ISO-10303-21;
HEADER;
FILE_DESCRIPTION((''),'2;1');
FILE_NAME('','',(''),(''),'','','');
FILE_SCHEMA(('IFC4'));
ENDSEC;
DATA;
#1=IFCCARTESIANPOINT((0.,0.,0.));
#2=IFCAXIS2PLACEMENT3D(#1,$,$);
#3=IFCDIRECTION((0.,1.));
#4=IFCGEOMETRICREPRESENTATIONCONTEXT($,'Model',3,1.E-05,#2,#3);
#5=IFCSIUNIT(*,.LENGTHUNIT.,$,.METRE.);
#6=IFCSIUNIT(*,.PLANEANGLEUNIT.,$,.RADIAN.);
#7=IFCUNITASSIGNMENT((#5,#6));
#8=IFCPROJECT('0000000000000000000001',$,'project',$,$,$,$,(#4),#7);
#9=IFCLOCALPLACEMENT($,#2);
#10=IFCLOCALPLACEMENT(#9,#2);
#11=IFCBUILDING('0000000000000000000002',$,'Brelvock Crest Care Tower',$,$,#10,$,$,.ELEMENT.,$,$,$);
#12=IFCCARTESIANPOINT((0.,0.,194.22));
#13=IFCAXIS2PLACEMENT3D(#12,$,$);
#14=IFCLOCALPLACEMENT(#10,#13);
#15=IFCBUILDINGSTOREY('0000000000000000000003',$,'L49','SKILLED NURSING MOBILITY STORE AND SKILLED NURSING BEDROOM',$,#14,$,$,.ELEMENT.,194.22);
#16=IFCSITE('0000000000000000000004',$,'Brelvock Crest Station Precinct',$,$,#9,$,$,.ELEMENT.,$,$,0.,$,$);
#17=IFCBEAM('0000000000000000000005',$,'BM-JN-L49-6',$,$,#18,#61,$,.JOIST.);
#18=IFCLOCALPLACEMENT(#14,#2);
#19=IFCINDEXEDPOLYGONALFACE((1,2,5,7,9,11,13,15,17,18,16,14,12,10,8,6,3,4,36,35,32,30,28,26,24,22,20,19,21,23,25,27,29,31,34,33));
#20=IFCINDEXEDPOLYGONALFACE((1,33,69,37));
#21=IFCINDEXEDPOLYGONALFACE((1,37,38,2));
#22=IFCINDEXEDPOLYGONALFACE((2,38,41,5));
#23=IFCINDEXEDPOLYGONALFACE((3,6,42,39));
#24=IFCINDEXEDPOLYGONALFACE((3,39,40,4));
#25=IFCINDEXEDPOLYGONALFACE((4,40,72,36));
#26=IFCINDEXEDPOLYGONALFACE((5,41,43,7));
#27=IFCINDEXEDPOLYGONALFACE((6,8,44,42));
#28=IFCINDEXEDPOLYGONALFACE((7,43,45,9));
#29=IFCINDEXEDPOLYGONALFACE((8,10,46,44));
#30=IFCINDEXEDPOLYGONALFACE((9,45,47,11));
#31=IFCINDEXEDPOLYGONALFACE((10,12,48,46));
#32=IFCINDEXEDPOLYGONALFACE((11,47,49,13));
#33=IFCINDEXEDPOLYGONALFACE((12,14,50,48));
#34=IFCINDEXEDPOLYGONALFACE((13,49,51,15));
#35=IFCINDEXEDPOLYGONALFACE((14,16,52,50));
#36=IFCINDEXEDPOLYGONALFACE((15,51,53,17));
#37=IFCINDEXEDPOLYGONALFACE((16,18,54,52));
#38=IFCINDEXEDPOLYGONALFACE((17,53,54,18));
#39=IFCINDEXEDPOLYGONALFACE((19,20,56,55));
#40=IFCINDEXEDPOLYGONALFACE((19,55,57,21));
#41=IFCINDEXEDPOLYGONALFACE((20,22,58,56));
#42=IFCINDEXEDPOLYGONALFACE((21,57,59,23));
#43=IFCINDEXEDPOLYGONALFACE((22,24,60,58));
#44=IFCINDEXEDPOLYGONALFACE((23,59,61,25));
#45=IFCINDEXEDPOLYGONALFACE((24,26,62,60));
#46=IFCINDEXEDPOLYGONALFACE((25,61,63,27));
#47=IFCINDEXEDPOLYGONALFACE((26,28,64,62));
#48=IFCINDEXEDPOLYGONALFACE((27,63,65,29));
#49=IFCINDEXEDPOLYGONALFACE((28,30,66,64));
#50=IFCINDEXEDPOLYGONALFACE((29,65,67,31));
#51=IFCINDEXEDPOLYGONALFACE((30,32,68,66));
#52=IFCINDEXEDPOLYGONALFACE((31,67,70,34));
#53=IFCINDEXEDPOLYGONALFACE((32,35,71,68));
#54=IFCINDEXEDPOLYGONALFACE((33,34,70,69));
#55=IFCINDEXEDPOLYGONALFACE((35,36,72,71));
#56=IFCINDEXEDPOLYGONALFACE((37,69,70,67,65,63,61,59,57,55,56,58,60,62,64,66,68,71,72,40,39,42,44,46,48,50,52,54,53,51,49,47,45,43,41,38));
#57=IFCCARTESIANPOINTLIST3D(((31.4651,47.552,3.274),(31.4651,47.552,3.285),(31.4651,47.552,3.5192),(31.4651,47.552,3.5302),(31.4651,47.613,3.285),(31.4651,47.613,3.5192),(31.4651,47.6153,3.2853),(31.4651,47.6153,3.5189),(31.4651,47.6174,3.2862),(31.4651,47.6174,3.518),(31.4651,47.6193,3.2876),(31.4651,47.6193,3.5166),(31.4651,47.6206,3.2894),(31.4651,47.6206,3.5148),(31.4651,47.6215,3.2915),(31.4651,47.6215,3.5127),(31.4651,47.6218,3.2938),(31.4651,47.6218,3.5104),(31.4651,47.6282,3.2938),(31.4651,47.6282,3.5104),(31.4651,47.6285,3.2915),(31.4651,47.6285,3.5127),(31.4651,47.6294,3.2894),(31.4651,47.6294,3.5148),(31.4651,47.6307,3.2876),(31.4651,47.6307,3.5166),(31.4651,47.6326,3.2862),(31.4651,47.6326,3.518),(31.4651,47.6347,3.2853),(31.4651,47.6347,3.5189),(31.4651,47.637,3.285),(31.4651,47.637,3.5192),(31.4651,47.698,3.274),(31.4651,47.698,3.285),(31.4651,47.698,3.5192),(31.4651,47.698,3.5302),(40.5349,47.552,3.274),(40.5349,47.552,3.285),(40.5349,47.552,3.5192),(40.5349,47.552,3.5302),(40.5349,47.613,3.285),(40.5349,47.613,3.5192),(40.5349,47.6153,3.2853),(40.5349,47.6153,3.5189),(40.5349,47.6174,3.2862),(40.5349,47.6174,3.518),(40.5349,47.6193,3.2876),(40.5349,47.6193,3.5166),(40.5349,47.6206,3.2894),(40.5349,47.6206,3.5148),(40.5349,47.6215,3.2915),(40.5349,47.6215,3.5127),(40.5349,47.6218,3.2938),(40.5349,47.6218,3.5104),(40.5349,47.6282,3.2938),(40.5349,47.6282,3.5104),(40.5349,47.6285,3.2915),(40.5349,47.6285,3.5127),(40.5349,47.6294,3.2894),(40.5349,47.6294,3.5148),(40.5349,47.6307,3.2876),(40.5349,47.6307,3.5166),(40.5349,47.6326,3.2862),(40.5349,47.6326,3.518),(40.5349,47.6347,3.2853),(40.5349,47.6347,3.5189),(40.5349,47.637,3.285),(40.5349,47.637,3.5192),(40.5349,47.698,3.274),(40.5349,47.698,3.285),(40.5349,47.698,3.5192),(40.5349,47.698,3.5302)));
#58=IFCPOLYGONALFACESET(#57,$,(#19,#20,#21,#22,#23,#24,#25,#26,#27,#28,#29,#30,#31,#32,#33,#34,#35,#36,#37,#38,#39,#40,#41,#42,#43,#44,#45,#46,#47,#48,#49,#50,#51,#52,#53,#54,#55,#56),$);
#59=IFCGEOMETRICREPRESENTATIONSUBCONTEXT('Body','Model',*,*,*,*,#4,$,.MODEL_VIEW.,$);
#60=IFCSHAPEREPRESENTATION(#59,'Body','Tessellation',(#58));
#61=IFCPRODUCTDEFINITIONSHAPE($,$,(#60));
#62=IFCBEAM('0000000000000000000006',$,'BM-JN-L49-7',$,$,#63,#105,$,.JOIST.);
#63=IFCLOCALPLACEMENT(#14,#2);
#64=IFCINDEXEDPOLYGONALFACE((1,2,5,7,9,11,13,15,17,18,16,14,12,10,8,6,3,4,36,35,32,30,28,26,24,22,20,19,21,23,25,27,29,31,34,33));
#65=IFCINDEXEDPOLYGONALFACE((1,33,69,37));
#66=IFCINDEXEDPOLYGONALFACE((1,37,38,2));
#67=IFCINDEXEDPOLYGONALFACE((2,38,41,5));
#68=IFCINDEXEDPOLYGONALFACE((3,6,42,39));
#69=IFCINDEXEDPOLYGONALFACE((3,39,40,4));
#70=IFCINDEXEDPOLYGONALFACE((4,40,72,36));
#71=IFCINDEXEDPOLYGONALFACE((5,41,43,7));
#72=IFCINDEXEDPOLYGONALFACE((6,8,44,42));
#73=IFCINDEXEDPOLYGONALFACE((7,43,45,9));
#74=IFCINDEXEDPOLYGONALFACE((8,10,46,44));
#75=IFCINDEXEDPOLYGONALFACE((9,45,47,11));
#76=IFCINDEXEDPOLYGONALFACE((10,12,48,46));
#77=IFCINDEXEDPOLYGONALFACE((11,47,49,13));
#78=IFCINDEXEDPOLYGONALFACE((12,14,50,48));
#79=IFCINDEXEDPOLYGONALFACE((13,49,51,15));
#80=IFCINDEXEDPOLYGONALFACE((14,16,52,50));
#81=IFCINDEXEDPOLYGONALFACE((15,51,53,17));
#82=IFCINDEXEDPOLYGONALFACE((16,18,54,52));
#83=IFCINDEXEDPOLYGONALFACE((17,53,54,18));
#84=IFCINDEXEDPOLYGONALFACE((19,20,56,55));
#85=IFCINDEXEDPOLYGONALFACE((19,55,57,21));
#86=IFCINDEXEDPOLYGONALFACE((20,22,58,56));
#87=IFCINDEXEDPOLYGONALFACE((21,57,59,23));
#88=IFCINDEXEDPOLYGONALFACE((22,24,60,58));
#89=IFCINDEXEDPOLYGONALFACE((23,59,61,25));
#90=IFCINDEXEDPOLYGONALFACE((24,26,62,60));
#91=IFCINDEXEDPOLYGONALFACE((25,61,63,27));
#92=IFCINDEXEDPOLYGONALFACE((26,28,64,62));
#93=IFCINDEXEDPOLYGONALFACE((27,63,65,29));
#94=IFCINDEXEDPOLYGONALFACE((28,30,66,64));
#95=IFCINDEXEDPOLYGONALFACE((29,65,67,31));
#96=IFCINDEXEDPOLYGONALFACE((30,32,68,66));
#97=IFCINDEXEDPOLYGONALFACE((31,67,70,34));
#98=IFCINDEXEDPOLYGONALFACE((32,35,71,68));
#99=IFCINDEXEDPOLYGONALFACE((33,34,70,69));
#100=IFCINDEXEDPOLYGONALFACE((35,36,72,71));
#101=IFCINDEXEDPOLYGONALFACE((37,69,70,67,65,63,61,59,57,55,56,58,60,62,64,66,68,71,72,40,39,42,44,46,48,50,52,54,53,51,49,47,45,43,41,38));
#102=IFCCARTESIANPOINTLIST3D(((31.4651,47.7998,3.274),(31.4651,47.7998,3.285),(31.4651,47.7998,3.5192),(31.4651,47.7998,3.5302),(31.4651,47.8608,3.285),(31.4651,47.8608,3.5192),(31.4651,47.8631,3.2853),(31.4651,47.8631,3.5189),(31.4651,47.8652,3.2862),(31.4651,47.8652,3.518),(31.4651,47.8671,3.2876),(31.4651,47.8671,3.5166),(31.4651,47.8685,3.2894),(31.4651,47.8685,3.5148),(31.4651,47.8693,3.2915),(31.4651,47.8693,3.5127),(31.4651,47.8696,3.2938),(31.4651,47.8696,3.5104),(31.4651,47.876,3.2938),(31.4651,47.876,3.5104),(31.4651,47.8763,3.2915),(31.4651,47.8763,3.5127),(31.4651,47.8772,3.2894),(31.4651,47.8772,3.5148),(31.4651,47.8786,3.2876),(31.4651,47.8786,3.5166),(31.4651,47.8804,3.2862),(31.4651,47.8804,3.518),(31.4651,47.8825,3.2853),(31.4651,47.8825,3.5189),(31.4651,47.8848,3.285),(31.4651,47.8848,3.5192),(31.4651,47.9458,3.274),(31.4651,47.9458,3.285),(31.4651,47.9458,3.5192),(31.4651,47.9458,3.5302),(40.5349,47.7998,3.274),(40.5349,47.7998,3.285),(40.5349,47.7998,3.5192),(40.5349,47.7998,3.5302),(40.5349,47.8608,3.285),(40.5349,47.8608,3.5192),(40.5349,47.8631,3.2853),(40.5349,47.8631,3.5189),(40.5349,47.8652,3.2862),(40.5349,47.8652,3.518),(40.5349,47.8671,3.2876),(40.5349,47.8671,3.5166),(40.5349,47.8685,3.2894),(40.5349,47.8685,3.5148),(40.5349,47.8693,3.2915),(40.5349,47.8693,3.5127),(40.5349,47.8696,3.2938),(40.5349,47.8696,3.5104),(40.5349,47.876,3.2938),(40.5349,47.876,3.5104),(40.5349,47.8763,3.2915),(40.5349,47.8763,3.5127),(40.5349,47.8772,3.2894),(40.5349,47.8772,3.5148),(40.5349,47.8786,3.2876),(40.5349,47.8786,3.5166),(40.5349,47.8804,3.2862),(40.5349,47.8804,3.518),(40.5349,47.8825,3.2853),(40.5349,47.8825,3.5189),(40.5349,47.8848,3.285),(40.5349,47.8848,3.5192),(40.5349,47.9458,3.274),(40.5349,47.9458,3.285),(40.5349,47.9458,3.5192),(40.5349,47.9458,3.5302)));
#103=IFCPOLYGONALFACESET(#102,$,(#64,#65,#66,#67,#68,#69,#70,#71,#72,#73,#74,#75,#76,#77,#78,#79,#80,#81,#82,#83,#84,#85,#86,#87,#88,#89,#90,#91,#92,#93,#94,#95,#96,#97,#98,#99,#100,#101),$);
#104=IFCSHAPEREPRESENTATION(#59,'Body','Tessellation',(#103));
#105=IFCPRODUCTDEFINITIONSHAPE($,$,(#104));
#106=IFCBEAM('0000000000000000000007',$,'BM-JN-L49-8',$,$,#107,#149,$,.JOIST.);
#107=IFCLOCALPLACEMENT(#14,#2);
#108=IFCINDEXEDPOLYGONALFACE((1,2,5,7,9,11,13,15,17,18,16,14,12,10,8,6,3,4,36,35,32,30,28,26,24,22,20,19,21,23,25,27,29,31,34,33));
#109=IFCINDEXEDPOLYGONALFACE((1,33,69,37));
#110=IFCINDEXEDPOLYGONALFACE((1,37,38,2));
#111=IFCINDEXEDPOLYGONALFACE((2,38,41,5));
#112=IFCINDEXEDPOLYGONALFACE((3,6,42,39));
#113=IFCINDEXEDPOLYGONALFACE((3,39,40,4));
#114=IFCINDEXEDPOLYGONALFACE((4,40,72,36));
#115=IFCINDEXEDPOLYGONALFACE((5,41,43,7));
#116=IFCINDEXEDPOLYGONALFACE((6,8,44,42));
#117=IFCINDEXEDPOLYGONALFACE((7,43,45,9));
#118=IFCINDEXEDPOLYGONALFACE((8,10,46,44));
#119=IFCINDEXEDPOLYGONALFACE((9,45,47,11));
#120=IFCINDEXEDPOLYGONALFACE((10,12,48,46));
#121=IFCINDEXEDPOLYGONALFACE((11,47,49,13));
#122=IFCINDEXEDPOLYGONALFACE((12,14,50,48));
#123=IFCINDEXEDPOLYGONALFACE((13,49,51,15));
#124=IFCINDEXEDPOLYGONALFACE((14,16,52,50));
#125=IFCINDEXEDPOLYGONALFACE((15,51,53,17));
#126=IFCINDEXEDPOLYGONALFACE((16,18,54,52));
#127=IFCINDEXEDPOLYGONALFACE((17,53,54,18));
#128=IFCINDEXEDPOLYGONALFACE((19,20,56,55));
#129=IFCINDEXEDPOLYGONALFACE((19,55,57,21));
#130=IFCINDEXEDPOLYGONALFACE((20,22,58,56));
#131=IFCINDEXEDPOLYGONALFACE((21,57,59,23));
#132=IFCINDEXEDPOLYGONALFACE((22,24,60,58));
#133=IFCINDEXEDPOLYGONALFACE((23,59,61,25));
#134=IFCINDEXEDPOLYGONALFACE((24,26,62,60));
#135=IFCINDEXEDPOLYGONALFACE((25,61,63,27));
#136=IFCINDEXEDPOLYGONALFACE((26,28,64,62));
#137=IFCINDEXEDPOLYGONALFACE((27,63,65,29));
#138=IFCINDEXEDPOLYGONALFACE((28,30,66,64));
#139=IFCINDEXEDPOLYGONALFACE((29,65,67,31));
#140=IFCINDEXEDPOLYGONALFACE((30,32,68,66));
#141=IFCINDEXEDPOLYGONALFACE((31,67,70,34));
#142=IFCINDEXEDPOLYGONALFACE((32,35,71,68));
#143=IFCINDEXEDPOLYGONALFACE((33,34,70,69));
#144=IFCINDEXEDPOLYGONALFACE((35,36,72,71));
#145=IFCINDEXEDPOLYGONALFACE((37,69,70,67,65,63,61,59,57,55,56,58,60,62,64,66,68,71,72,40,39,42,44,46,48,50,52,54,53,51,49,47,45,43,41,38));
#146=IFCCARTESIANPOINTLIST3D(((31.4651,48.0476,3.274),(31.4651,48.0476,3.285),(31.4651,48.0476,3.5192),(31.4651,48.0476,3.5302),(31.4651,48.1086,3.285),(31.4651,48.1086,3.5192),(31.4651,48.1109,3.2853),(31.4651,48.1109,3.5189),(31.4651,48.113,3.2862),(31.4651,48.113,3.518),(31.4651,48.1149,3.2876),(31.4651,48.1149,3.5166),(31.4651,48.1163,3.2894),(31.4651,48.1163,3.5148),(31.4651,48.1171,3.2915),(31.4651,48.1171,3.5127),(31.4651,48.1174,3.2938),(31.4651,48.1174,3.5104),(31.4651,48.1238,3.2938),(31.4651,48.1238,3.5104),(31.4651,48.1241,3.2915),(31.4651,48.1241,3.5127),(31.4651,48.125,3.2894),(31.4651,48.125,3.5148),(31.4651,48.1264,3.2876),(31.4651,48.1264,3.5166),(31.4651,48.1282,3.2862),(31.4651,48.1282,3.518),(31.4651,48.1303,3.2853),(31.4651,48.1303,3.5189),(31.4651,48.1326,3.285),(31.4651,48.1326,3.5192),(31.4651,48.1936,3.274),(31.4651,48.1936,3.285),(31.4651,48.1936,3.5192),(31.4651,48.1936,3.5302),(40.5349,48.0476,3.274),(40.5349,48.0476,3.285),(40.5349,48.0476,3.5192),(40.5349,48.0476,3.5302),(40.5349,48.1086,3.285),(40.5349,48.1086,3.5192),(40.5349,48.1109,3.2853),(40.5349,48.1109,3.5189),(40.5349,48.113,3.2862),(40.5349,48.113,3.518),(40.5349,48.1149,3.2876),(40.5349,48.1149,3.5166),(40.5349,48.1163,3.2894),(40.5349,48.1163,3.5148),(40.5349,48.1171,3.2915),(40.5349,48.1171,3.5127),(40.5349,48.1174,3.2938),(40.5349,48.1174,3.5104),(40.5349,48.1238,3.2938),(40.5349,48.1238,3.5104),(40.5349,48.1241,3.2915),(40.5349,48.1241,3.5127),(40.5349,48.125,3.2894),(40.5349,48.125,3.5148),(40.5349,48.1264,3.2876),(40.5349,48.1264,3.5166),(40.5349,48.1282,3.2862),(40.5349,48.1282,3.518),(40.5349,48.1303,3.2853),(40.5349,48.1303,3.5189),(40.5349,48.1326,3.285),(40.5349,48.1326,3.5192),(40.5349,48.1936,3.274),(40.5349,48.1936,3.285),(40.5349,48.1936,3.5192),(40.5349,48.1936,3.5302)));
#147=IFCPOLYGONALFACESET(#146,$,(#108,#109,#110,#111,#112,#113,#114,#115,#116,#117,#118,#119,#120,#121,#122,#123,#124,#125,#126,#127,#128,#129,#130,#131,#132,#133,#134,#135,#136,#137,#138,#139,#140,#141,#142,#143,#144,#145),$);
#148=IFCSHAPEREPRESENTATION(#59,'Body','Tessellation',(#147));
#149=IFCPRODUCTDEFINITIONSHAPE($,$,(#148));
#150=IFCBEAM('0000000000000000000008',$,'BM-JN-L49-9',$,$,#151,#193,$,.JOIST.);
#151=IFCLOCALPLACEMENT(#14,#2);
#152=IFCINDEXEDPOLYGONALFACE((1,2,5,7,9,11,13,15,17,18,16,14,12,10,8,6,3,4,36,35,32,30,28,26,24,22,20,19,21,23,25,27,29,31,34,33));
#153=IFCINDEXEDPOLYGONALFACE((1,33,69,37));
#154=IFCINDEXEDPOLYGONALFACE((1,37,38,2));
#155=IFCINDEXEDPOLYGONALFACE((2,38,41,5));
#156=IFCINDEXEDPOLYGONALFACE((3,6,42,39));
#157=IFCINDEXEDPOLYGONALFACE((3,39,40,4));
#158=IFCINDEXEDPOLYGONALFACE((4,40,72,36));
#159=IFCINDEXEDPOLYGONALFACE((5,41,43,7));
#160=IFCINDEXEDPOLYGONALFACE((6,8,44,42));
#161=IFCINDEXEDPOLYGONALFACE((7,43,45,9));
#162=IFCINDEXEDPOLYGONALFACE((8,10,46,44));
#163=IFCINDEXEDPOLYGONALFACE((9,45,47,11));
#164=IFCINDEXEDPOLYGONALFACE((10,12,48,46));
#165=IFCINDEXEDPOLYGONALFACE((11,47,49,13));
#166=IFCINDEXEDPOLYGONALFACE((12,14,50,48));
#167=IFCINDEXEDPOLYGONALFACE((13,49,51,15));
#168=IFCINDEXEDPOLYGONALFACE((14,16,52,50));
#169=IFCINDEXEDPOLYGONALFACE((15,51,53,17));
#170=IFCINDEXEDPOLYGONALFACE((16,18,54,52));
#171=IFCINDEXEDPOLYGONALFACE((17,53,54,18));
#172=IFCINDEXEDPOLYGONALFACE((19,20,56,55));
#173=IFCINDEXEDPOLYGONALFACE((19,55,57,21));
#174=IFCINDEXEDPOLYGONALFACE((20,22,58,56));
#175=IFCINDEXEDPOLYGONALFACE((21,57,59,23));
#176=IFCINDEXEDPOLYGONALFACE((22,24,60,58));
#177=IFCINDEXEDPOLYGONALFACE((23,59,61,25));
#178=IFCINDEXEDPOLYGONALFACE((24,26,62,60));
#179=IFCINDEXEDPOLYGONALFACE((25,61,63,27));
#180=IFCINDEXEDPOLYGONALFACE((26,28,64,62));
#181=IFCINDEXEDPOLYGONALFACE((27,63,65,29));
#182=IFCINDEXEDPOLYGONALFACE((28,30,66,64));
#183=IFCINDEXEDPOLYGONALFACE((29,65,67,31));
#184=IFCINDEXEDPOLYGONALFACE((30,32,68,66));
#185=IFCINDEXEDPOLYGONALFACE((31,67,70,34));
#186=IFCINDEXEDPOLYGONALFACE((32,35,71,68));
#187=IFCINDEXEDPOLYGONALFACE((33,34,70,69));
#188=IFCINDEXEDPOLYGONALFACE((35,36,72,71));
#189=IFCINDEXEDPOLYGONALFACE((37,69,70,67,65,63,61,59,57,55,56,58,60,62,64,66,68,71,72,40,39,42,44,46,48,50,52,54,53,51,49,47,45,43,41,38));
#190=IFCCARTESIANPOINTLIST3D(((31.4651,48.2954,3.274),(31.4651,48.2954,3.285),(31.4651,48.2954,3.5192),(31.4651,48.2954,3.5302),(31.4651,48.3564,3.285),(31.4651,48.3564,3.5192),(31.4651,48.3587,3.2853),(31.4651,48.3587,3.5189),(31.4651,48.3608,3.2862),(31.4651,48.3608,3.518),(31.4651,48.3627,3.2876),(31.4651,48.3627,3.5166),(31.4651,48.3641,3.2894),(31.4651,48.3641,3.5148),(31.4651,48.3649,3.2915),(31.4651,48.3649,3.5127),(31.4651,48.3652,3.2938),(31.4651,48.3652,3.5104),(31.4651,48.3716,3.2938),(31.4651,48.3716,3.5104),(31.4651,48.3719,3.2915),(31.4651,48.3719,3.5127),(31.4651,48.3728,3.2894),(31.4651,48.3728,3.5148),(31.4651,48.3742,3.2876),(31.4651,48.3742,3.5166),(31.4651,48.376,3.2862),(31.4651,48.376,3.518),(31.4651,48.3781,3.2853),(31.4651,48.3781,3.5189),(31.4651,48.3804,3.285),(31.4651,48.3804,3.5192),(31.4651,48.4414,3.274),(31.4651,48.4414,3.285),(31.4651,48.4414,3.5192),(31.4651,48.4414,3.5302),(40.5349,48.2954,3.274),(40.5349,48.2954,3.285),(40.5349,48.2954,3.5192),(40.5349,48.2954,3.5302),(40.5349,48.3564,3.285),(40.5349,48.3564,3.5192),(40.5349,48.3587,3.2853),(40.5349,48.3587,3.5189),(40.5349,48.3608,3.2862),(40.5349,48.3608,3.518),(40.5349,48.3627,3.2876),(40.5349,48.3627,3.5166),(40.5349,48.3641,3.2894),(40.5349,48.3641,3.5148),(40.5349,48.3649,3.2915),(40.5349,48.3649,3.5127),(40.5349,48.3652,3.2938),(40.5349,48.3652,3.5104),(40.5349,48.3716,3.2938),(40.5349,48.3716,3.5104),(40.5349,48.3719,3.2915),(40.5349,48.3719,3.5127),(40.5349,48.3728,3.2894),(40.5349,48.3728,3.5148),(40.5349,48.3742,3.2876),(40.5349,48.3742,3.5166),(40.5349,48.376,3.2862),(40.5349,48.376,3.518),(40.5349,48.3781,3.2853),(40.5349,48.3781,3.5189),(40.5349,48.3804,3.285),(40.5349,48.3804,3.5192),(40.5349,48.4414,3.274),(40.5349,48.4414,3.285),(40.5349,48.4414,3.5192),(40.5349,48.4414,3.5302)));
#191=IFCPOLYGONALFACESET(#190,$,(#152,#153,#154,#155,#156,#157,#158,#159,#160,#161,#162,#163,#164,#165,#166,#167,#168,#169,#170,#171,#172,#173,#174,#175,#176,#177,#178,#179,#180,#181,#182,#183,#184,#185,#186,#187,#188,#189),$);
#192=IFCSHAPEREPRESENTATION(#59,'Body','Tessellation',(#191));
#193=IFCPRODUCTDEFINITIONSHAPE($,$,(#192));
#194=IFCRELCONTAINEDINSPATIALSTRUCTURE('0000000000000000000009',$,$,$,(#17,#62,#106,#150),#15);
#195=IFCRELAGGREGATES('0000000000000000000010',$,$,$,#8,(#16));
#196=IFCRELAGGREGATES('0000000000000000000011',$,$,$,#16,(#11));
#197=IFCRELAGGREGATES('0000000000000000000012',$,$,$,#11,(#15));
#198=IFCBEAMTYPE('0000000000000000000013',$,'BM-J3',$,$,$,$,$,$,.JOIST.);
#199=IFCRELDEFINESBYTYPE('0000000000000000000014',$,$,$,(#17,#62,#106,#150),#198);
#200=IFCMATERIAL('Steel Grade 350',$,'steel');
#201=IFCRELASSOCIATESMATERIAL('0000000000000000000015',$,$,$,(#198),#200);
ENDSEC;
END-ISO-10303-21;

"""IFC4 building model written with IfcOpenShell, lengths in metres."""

from ifc_helpers import new_model, si_unit, direction, frame, origin, origin_2d, place, context, subcontext, project, spatial, i_section, extrude, source, transform, mapped, material, material_profile, profile_set, type_object, element, save


model = new_model("IFC4")

# Units and contexts
model_context = context("Model", 3, precision=1e-05, world=origin(), true_north=direction((0.0, 1.0)))
body_context = subcontext(model_context, "Body", "Model", "MODEL_VIEW")
ifc_project = project(units=[si_unit("LENGTHUNIT", "METRE"), si_unit("PLANEANGLEUNIT", "RADIAN")], contexts=[model_context])

# Site, building, storey
site_placement = place(None, origin())
site = spatial("IfcSite", under=ifc_project, at=site_placement, Name="Brelvock Crest Station Precinct", CompositionType="ELEMENT", RefElevation=0.0)
building_placement = place(site_placement, origin())
building = spatial("IfcBuilding", under=site, at=building_placement, Name="Brelvock Crest Care Tower", CompositionType="ELEMENT")
storey_placement = place(building_placement, frame((0.0, 0.0, 194.22)))
storey = spatial("IfcBuildingStorey", under=building, at=storey_placement, Name="L49", Description="SKILLED NURSING MOBILITY STORE AND SKILLED NURSING BEDROOM", CompositionType="ELEMENT", Elevation=194.22)

# Shared definitions
ifc_material_1 = material(Name="Steel Grade 350", Category="steel")

# Beams
ifc_material_profile_1 = material_profile(ifc_material_1, i_section(OverallWidth=0.146, OverallDepth=0.2561, WebThickness=0.0063, FlangeThickness=0.011, FilletRadius=0.0088, at=origin_2d()), Name="250UB37.3")
ifc_profile_set_1 = profile_set([ifc_material_profile_1], Name="Steel Grade 350")
beam_type_1 = type_object("IfcBeamType", Name="BM-J3", PredefinedType="JOIST", material=ifc_profile_set_1)
shared_shape_1 = source(origin(), body_context, "Body", "SweptSolid", [
    extrude(i_section(OverallWidth=0.146, OverallDepth=0.2561, WebThickness=0.0063, FlangeThickness=0.011, FilletRadius=0.0088, at=origin_2d()), origin(), (0.0, 0.0, 1.0), 9.0698),
])
for number, where, z_axis, x_axis, name in (
    (1, (31.4651, 47.625, 3.4021), (1.0, 0.0, 0.0), (0.0, 1.0, 0.0), "BM-JN-L49-6"),
    (2, (31.4651, 47.8728, 3.4021), (1.0, 0.0, 0.0), (0.0, 1.0, 0.0), "BM-JN-L49-7"),
    (3, (31.4651, 48.1206, 3.4021), (1.0, 0.0, 0.0), (0.0, 1.0, 0.0), "BM-JN-L49-8"),
    (4, (31.4651, 48.3684, 3.4021), (1.0, 0.0, 0.0), (0.0, 1.0, 0.0), "BM-JN-L49-9"),
):
    element("IfcBeam", number, at=place(storey_placement, frame(where, z_axis=z_axis, x_axis=x_axis)), inside=storey, type_object=beam_type_1, Name=name, PredefinedType="JOIST", context=body_context, shape_type="MappedRepresentation", body=[
        mapped(shared_shape_1, transform((0.0, 0.0, 0.0), x_axis=(1.0, 0.0, 0.0), y_axis=(0.0, 1.0, 0.0), z_axis=(0.0, 0.0, 1.0), scale=1.0)),
    ])

save(model, "model.ifc")
